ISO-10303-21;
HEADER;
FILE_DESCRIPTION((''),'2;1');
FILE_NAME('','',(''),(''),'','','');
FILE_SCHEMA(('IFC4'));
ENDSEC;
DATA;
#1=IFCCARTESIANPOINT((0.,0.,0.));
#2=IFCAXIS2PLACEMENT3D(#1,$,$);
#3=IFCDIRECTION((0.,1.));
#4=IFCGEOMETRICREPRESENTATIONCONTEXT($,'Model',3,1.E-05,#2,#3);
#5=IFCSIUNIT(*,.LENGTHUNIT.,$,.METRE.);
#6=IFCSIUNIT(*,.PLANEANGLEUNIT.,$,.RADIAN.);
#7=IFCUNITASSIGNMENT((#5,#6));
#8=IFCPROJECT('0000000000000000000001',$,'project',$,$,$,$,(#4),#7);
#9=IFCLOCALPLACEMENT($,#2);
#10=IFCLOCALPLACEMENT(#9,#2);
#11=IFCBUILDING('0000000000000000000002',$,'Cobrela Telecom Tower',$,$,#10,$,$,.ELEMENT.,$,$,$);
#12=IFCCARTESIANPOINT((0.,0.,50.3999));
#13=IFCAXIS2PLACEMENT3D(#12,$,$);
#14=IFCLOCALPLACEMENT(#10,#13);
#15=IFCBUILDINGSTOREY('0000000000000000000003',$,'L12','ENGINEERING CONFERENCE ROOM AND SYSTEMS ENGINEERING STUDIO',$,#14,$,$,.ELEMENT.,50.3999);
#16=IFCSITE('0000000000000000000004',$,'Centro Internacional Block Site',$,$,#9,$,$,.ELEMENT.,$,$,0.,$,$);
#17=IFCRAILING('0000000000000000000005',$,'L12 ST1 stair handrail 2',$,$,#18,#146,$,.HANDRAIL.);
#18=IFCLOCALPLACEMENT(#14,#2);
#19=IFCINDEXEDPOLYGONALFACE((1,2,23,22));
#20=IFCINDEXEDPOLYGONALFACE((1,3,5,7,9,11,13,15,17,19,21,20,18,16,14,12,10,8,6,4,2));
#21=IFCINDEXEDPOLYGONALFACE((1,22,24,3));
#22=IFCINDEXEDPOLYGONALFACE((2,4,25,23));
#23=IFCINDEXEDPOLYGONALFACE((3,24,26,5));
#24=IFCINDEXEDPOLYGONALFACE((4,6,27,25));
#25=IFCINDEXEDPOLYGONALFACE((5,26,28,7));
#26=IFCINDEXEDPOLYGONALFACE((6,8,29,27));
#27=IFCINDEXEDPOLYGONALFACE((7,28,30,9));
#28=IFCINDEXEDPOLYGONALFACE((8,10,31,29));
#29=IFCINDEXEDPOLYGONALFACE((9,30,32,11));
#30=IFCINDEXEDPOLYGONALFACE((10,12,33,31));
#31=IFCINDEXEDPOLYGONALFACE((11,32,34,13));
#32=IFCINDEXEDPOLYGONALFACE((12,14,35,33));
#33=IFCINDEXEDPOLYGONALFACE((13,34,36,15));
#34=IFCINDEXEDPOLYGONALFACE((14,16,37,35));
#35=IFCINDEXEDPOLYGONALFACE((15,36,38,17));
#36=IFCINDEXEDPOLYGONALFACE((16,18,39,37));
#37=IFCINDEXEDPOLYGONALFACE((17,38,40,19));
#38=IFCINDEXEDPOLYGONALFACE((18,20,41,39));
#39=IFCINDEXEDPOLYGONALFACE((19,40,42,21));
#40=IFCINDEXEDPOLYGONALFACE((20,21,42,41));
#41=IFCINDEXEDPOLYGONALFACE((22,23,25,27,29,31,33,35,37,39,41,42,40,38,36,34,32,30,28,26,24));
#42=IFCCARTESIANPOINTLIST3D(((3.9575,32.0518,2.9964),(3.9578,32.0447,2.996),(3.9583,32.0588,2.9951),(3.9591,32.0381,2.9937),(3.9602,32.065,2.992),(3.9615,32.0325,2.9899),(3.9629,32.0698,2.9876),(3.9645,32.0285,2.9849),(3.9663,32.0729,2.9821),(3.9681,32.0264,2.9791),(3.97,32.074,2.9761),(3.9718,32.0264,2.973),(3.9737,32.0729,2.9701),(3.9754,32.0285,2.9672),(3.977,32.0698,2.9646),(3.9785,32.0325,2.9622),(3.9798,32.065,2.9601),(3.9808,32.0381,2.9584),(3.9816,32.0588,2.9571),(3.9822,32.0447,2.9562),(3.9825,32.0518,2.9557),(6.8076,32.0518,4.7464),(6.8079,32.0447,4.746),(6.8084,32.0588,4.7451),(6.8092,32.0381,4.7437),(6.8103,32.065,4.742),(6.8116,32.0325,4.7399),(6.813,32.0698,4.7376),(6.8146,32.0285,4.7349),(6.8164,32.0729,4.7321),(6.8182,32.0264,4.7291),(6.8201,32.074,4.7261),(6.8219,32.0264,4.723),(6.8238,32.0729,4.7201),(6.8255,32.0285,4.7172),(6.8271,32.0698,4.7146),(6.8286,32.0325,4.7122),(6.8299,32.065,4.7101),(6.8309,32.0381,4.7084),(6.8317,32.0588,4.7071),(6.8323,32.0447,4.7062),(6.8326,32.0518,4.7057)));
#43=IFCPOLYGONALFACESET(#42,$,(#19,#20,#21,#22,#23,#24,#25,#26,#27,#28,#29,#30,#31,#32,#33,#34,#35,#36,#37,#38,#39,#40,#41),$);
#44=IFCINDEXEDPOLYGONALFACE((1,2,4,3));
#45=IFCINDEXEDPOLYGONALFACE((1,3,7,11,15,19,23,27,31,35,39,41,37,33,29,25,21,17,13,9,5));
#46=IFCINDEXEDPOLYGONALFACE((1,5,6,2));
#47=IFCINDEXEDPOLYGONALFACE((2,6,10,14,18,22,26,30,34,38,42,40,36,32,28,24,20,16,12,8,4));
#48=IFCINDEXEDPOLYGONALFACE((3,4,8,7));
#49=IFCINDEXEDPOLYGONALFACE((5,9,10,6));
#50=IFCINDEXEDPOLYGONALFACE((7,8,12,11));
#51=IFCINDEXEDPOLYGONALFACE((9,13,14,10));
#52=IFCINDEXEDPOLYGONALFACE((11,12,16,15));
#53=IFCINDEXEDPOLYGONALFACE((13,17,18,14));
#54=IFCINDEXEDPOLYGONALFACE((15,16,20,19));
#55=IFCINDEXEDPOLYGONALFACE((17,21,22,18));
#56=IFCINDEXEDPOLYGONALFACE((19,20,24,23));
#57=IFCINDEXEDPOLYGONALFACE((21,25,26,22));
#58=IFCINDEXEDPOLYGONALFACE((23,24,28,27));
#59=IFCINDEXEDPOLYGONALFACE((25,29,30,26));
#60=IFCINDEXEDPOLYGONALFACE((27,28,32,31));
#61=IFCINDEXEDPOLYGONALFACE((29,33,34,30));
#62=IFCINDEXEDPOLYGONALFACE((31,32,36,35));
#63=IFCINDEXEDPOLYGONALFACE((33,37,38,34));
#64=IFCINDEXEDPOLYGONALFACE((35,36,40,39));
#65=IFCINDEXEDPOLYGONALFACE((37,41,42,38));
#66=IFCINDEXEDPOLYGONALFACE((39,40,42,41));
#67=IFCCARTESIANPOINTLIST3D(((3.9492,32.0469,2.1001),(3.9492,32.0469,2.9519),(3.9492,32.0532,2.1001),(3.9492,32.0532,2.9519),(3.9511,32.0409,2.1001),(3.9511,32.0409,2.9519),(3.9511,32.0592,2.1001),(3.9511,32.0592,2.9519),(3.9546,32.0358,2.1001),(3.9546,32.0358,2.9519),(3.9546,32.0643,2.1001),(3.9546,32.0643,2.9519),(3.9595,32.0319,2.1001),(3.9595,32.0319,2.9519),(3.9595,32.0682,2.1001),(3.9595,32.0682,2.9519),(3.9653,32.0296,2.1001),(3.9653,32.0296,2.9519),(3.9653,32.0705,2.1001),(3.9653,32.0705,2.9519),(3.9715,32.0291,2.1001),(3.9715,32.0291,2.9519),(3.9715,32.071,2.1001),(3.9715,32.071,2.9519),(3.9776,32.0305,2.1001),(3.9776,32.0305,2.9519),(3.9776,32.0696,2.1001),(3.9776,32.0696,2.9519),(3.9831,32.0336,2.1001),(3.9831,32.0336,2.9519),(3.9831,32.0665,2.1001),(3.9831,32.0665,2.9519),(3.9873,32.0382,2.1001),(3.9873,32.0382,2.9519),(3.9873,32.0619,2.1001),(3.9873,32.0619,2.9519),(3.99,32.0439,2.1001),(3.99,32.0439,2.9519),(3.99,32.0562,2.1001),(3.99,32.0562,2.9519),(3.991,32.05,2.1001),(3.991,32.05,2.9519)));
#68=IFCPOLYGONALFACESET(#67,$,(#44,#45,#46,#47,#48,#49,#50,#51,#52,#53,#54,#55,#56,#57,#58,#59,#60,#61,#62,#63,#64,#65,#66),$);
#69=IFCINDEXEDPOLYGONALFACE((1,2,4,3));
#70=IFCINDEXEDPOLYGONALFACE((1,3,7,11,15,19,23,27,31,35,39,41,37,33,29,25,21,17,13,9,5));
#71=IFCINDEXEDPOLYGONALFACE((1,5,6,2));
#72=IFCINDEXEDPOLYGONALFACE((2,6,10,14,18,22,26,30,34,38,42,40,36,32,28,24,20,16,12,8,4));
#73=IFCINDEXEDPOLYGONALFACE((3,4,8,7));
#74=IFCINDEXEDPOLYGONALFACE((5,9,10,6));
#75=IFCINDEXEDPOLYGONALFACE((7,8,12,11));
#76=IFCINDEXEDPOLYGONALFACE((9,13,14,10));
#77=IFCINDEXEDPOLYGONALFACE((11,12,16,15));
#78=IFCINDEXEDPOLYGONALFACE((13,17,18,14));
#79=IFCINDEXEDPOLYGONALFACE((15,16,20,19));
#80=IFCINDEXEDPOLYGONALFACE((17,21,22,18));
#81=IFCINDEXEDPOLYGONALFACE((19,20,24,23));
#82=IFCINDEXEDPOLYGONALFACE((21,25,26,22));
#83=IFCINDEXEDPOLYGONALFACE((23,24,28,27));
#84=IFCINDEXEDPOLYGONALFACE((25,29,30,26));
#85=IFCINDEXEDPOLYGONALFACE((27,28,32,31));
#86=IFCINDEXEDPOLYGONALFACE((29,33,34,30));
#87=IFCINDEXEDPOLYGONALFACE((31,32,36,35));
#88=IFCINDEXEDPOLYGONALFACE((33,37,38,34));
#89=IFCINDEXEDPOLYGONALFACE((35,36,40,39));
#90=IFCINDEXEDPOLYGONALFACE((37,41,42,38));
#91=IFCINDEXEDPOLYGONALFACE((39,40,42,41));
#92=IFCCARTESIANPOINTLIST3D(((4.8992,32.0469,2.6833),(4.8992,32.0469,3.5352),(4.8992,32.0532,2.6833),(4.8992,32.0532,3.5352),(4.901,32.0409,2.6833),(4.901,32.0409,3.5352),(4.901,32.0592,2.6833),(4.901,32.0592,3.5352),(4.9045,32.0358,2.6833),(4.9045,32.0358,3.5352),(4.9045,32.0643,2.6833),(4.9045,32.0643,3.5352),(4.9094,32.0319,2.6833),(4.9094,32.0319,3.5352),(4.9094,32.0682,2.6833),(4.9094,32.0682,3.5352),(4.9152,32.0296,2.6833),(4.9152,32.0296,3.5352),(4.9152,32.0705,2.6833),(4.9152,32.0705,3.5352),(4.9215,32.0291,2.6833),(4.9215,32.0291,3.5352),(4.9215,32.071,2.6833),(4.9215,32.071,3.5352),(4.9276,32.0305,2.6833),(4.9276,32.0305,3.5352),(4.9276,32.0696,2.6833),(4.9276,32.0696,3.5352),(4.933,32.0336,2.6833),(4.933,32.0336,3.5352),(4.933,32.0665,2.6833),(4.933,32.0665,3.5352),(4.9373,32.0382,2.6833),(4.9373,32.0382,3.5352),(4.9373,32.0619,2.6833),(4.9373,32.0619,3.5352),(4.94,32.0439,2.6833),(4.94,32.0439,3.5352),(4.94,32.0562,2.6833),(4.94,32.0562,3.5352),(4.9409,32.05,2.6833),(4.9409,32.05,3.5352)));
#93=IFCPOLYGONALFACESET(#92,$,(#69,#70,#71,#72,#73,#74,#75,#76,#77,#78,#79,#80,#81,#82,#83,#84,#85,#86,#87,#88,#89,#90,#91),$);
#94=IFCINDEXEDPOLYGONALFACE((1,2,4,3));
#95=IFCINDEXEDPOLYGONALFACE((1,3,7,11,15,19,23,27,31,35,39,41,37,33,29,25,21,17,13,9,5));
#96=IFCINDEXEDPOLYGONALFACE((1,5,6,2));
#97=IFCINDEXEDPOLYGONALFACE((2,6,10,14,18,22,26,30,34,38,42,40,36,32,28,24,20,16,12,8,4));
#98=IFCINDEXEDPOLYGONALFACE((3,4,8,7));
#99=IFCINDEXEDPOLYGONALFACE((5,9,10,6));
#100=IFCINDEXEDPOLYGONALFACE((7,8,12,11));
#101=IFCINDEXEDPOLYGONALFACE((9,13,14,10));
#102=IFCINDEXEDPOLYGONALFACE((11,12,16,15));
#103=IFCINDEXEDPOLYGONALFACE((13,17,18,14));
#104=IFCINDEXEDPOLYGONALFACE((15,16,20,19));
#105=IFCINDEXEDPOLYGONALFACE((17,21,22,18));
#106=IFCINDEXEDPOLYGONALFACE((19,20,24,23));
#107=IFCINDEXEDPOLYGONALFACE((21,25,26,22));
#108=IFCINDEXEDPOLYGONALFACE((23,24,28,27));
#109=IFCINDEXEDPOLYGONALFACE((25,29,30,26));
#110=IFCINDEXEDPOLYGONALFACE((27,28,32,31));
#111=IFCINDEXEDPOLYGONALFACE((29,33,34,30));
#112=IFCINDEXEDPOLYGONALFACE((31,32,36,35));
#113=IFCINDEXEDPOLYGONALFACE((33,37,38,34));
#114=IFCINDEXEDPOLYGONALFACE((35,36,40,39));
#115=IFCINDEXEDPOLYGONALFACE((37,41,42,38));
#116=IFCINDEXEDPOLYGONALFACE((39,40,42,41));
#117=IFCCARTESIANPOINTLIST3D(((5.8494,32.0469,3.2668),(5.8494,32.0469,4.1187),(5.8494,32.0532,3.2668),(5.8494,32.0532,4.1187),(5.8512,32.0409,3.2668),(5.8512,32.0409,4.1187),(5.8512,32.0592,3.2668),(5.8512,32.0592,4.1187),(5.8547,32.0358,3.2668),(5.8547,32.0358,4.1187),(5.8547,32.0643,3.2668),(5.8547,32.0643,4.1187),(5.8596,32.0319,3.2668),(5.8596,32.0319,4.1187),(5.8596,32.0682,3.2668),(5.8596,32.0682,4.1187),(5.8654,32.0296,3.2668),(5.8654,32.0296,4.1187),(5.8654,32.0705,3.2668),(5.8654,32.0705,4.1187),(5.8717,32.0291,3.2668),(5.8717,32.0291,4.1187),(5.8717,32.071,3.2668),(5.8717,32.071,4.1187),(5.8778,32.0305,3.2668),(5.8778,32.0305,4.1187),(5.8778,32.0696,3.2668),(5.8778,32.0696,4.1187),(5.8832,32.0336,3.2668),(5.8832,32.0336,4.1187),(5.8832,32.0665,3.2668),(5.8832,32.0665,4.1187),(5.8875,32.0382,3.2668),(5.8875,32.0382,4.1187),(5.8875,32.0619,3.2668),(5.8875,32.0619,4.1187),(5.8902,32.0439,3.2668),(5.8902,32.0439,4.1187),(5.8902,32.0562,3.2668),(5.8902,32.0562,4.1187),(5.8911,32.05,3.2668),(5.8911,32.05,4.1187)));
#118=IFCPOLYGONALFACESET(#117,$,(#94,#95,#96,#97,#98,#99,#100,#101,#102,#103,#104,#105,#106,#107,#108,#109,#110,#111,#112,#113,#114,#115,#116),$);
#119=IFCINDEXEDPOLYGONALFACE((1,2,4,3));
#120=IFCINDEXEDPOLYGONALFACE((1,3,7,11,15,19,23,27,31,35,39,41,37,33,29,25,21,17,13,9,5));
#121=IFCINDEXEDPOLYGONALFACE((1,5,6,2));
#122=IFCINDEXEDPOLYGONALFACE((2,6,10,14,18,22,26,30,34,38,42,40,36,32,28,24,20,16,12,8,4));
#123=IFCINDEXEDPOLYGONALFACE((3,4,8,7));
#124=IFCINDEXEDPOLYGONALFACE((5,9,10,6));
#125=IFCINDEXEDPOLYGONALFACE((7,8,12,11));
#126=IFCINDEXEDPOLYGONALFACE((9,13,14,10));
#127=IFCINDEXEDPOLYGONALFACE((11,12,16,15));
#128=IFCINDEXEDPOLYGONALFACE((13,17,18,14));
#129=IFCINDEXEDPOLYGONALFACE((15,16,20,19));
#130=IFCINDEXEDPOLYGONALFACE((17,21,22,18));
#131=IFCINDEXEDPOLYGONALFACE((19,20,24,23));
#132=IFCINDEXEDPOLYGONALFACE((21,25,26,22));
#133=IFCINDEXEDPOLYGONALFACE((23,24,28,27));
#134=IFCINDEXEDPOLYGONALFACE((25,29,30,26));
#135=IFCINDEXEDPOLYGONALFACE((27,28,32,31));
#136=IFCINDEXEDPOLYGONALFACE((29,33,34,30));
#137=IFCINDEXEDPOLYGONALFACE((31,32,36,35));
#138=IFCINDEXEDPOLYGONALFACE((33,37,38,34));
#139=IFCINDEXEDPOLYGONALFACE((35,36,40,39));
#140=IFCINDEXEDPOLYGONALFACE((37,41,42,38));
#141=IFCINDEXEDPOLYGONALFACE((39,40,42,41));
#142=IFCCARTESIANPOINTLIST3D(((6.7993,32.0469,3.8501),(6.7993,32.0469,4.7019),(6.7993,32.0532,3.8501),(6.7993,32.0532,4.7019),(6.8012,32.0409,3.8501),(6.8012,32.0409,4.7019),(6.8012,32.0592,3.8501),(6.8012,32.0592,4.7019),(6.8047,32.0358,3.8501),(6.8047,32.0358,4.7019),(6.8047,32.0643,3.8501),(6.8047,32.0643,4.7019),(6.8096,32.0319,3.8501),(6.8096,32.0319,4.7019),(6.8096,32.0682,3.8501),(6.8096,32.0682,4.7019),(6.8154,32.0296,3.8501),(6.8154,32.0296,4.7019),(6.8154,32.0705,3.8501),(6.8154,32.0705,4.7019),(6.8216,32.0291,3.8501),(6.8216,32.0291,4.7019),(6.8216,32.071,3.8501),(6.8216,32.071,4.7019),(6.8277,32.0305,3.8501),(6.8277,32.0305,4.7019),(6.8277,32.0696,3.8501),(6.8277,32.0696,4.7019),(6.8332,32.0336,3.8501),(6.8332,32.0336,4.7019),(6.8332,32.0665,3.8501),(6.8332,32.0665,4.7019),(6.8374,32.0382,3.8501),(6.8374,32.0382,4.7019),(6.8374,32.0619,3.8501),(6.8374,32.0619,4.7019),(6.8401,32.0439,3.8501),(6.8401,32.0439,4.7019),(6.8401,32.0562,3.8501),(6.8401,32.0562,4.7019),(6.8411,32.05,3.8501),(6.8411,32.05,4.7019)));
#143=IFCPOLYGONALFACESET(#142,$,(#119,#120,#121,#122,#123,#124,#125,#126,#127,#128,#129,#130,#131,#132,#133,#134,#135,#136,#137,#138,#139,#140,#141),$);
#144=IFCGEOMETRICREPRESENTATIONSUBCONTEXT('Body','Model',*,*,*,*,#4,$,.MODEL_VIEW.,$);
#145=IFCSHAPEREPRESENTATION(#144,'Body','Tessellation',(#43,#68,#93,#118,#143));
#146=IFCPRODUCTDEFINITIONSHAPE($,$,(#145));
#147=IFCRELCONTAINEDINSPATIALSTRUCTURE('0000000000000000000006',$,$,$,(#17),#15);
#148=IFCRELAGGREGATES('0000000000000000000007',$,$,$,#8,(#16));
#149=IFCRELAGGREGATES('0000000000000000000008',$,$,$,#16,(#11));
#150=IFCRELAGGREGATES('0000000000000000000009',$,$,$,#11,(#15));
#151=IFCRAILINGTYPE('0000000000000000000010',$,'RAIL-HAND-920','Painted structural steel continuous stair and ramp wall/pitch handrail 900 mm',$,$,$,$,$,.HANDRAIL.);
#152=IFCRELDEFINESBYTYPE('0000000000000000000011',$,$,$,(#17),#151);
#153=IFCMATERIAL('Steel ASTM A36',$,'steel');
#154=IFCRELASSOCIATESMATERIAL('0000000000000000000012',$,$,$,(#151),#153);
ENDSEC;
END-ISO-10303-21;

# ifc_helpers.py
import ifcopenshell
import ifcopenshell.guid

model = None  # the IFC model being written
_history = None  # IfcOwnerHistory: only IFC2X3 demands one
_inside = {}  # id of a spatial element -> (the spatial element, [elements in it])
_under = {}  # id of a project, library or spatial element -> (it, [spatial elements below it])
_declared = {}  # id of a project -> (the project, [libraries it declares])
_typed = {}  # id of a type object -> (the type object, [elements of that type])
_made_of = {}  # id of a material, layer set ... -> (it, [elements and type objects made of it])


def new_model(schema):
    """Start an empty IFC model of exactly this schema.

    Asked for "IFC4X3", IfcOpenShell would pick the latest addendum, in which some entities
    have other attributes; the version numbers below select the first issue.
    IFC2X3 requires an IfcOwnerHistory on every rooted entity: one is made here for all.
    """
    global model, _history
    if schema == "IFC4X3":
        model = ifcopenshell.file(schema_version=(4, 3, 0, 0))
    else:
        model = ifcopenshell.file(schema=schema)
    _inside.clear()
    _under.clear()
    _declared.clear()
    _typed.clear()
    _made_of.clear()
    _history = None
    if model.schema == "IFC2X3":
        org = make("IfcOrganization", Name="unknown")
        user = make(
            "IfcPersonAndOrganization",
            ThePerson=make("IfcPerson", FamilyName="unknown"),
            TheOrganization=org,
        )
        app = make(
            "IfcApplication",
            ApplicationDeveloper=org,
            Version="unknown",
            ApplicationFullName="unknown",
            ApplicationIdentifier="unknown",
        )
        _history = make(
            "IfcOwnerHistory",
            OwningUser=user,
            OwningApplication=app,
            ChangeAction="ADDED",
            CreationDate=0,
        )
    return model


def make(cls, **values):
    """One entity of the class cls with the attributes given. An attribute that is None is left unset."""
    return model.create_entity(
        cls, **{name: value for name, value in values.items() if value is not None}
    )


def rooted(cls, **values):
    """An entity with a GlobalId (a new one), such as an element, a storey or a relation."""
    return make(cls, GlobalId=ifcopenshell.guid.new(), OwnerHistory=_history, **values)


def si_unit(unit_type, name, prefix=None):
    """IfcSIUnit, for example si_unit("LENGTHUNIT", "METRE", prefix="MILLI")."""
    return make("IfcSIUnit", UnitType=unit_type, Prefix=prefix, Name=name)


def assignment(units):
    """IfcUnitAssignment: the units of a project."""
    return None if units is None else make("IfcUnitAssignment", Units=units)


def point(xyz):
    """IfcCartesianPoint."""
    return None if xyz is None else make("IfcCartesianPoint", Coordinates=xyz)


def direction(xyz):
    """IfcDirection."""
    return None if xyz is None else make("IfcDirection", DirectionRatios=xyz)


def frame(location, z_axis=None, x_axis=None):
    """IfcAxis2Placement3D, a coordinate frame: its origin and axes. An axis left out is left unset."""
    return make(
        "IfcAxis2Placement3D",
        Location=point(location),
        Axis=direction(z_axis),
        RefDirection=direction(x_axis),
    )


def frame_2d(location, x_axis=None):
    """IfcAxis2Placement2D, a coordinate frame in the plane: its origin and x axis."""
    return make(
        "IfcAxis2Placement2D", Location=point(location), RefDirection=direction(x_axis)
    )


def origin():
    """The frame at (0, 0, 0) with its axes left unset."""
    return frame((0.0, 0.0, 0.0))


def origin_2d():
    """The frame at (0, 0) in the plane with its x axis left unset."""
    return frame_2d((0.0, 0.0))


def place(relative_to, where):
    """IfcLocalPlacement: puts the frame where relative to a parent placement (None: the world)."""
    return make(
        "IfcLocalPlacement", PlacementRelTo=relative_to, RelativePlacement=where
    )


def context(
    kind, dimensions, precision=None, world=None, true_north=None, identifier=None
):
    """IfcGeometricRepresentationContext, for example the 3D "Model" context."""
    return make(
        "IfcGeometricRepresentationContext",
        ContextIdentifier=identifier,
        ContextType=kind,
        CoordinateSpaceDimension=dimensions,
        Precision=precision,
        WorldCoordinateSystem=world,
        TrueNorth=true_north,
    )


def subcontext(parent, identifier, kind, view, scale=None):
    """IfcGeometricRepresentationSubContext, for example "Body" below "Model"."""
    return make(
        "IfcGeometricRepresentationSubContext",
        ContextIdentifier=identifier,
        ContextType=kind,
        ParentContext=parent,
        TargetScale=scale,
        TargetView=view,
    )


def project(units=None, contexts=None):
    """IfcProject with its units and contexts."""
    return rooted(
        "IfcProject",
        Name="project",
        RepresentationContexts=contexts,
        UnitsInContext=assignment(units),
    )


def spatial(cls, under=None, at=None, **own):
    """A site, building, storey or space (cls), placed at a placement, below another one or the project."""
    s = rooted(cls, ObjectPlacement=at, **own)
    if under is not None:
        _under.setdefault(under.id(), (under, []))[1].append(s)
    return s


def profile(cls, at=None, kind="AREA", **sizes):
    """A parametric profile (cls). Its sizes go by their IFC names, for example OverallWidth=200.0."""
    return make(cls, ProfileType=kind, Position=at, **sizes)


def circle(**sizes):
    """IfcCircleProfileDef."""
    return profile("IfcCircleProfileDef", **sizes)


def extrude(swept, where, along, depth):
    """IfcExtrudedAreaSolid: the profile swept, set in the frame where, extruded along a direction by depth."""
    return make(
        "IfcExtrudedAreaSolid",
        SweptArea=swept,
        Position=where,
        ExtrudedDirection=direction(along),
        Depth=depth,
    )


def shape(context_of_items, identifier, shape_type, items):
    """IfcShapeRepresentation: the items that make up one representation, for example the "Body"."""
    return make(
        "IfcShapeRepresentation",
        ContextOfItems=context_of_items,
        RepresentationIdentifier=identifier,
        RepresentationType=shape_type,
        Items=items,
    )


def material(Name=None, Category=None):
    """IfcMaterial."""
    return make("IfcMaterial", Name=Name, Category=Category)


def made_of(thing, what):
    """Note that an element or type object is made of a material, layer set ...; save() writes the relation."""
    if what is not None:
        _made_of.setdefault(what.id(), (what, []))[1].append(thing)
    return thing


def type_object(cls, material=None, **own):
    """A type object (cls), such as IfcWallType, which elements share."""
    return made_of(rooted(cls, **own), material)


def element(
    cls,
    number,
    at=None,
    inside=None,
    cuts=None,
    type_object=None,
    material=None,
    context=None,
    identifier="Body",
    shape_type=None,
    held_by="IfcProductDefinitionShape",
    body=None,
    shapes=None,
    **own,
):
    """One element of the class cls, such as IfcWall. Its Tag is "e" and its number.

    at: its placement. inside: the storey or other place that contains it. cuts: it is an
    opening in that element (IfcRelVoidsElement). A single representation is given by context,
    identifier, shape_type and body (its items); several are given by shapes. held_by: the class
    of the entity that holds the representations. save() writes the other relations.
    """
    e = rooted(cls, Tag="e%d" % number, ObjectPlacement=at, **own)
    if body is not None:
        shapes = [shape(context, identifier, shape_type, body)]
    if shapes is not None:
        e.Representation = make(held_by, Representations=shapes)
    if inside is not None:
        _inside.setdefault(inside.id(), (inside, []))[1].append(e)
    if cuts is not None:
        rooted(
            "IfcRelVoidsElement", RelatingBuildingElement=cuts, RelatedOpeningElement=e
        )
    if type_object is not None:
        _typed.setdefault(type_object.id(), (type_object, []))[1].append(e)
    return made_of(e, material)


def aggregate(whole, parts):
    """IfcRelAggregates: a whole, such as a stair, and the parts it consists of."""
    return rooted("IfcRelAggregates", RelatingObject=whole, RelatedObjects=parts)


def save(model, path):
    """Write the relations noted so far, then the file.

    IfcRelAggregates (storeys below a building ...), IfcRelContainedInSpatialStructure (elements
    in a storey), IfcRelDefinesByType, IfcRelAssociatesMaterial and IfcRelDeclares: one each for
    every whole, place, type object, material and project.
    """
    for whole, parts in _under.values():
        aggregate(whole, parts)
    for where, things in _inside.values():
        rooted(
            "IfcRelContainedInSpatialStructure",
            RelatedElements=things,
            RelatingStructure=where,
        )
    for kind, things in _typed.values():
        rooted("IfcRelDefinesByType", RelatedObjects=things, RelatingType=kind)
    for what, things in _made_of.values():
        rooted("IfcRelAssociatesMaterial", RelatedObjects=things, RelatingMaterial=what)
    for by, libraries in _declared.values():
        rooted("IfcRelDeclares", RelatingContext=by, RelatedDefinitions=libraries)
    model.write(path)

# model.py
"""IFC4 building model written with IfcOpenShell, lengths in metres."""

from ifc_helpers import new_model, si_unit, direction, frame, origin, origin_2d, place, context, subcontext, project, spatial, circle, extrude, material, type_object, element, save


model = new_model("IFC4")

# Units and contexts
model_context = context("Model", 3, precision=1e-05, world=origin(), true_north=direction((0.0, 1.0)))
body_context = subcontext(model_context, "Body", "Model", "MODEL_VIEW")
ifc_project = project(units=[si_unit("LENGTHUNIT", "METRE"), si_unit("PLANEANGLEUNIT", "RADIAN")], contexts=[model_context])

# Site, building, storey
site_placement = place(None, origin())
site = spatial("IfcSite", under=ifc_project, at=site_placement, Name="Centro Internacional Block Site", CompositionType="ELEMENT", RefElevation=0.0)
building_placement = place(site_placement, origin())
building = spatial("IfcBuilding", under=site, at=building_placement, Name="Cobrela Telecom Tower", CompositionType="ELEMENT")
storey_placement = place(building_placement, frame((0.0, 0.0, 50.3999)))
storey = spatial("IfcBuildingStorey", under=building, at=storey_placement, Name="L12", Description="ENGINEERING CONFERENCE ROOM AND SYSTEMS ENGINEERING STUDIO", CompositionType="ELEMENT", Elevation=50.3999)

# Shared definitions
ifc_material_1 = material(Name="Steel ASTM A36", Category="steel")

# Railing
railing_type_1 = type_object("IfcRailingType", Name="RAIL-HAND-920", Description="Painted structural steel continuous stair and ramp wall/pitch handrail 900 mm", PredefinedType="HANDRAIL", material=ifc_material_1)
railing_1_placement = place(storey_placement, frame((3.97, 32.05, 2.1001)))
element("IfcRailing", 1, at=railing_1_placement, inside=storey, type_object=railing_type_1, Name="L12 ST1 stair handrail 2", PredefinedType="HANDRAIL", context=body_context, shape_type="SweptSolid", body=[
    extrude(circle(Radius=0.0239, at=origin_2d()), frame((0.0, 0.0, 0.876), z_axis=(0.852179, 0.0, 0.52325), x_axis=(0.0, 1.0, 0.0)), (0.0, 0.0, 1.0), 3.3445),
    extrude(circle(Radius=0.021, at=origin_2d()), origin(), (0.0, 0.0, 1.0), 0.8518),
    extrude(circle(Radius=0.021, at=origin_2d()), frame((0.95, 0.0, 0.5833)), (0.0, 0.0, 1.0), 0.8518),
    extrude(circle(Radius=0.021, at=origin_2d()), frame((1.9001, 0.0, 1.1667)), (0.0, 0.0, 1.0), 0.8518),
    extrude(circle(Radius=0.021, at=origin_2d()), frame((2.8501, 0.0, 1.75)), (0.0, 0.0, 1.0), 0.8518),
])

save(model, "model.ifc")
